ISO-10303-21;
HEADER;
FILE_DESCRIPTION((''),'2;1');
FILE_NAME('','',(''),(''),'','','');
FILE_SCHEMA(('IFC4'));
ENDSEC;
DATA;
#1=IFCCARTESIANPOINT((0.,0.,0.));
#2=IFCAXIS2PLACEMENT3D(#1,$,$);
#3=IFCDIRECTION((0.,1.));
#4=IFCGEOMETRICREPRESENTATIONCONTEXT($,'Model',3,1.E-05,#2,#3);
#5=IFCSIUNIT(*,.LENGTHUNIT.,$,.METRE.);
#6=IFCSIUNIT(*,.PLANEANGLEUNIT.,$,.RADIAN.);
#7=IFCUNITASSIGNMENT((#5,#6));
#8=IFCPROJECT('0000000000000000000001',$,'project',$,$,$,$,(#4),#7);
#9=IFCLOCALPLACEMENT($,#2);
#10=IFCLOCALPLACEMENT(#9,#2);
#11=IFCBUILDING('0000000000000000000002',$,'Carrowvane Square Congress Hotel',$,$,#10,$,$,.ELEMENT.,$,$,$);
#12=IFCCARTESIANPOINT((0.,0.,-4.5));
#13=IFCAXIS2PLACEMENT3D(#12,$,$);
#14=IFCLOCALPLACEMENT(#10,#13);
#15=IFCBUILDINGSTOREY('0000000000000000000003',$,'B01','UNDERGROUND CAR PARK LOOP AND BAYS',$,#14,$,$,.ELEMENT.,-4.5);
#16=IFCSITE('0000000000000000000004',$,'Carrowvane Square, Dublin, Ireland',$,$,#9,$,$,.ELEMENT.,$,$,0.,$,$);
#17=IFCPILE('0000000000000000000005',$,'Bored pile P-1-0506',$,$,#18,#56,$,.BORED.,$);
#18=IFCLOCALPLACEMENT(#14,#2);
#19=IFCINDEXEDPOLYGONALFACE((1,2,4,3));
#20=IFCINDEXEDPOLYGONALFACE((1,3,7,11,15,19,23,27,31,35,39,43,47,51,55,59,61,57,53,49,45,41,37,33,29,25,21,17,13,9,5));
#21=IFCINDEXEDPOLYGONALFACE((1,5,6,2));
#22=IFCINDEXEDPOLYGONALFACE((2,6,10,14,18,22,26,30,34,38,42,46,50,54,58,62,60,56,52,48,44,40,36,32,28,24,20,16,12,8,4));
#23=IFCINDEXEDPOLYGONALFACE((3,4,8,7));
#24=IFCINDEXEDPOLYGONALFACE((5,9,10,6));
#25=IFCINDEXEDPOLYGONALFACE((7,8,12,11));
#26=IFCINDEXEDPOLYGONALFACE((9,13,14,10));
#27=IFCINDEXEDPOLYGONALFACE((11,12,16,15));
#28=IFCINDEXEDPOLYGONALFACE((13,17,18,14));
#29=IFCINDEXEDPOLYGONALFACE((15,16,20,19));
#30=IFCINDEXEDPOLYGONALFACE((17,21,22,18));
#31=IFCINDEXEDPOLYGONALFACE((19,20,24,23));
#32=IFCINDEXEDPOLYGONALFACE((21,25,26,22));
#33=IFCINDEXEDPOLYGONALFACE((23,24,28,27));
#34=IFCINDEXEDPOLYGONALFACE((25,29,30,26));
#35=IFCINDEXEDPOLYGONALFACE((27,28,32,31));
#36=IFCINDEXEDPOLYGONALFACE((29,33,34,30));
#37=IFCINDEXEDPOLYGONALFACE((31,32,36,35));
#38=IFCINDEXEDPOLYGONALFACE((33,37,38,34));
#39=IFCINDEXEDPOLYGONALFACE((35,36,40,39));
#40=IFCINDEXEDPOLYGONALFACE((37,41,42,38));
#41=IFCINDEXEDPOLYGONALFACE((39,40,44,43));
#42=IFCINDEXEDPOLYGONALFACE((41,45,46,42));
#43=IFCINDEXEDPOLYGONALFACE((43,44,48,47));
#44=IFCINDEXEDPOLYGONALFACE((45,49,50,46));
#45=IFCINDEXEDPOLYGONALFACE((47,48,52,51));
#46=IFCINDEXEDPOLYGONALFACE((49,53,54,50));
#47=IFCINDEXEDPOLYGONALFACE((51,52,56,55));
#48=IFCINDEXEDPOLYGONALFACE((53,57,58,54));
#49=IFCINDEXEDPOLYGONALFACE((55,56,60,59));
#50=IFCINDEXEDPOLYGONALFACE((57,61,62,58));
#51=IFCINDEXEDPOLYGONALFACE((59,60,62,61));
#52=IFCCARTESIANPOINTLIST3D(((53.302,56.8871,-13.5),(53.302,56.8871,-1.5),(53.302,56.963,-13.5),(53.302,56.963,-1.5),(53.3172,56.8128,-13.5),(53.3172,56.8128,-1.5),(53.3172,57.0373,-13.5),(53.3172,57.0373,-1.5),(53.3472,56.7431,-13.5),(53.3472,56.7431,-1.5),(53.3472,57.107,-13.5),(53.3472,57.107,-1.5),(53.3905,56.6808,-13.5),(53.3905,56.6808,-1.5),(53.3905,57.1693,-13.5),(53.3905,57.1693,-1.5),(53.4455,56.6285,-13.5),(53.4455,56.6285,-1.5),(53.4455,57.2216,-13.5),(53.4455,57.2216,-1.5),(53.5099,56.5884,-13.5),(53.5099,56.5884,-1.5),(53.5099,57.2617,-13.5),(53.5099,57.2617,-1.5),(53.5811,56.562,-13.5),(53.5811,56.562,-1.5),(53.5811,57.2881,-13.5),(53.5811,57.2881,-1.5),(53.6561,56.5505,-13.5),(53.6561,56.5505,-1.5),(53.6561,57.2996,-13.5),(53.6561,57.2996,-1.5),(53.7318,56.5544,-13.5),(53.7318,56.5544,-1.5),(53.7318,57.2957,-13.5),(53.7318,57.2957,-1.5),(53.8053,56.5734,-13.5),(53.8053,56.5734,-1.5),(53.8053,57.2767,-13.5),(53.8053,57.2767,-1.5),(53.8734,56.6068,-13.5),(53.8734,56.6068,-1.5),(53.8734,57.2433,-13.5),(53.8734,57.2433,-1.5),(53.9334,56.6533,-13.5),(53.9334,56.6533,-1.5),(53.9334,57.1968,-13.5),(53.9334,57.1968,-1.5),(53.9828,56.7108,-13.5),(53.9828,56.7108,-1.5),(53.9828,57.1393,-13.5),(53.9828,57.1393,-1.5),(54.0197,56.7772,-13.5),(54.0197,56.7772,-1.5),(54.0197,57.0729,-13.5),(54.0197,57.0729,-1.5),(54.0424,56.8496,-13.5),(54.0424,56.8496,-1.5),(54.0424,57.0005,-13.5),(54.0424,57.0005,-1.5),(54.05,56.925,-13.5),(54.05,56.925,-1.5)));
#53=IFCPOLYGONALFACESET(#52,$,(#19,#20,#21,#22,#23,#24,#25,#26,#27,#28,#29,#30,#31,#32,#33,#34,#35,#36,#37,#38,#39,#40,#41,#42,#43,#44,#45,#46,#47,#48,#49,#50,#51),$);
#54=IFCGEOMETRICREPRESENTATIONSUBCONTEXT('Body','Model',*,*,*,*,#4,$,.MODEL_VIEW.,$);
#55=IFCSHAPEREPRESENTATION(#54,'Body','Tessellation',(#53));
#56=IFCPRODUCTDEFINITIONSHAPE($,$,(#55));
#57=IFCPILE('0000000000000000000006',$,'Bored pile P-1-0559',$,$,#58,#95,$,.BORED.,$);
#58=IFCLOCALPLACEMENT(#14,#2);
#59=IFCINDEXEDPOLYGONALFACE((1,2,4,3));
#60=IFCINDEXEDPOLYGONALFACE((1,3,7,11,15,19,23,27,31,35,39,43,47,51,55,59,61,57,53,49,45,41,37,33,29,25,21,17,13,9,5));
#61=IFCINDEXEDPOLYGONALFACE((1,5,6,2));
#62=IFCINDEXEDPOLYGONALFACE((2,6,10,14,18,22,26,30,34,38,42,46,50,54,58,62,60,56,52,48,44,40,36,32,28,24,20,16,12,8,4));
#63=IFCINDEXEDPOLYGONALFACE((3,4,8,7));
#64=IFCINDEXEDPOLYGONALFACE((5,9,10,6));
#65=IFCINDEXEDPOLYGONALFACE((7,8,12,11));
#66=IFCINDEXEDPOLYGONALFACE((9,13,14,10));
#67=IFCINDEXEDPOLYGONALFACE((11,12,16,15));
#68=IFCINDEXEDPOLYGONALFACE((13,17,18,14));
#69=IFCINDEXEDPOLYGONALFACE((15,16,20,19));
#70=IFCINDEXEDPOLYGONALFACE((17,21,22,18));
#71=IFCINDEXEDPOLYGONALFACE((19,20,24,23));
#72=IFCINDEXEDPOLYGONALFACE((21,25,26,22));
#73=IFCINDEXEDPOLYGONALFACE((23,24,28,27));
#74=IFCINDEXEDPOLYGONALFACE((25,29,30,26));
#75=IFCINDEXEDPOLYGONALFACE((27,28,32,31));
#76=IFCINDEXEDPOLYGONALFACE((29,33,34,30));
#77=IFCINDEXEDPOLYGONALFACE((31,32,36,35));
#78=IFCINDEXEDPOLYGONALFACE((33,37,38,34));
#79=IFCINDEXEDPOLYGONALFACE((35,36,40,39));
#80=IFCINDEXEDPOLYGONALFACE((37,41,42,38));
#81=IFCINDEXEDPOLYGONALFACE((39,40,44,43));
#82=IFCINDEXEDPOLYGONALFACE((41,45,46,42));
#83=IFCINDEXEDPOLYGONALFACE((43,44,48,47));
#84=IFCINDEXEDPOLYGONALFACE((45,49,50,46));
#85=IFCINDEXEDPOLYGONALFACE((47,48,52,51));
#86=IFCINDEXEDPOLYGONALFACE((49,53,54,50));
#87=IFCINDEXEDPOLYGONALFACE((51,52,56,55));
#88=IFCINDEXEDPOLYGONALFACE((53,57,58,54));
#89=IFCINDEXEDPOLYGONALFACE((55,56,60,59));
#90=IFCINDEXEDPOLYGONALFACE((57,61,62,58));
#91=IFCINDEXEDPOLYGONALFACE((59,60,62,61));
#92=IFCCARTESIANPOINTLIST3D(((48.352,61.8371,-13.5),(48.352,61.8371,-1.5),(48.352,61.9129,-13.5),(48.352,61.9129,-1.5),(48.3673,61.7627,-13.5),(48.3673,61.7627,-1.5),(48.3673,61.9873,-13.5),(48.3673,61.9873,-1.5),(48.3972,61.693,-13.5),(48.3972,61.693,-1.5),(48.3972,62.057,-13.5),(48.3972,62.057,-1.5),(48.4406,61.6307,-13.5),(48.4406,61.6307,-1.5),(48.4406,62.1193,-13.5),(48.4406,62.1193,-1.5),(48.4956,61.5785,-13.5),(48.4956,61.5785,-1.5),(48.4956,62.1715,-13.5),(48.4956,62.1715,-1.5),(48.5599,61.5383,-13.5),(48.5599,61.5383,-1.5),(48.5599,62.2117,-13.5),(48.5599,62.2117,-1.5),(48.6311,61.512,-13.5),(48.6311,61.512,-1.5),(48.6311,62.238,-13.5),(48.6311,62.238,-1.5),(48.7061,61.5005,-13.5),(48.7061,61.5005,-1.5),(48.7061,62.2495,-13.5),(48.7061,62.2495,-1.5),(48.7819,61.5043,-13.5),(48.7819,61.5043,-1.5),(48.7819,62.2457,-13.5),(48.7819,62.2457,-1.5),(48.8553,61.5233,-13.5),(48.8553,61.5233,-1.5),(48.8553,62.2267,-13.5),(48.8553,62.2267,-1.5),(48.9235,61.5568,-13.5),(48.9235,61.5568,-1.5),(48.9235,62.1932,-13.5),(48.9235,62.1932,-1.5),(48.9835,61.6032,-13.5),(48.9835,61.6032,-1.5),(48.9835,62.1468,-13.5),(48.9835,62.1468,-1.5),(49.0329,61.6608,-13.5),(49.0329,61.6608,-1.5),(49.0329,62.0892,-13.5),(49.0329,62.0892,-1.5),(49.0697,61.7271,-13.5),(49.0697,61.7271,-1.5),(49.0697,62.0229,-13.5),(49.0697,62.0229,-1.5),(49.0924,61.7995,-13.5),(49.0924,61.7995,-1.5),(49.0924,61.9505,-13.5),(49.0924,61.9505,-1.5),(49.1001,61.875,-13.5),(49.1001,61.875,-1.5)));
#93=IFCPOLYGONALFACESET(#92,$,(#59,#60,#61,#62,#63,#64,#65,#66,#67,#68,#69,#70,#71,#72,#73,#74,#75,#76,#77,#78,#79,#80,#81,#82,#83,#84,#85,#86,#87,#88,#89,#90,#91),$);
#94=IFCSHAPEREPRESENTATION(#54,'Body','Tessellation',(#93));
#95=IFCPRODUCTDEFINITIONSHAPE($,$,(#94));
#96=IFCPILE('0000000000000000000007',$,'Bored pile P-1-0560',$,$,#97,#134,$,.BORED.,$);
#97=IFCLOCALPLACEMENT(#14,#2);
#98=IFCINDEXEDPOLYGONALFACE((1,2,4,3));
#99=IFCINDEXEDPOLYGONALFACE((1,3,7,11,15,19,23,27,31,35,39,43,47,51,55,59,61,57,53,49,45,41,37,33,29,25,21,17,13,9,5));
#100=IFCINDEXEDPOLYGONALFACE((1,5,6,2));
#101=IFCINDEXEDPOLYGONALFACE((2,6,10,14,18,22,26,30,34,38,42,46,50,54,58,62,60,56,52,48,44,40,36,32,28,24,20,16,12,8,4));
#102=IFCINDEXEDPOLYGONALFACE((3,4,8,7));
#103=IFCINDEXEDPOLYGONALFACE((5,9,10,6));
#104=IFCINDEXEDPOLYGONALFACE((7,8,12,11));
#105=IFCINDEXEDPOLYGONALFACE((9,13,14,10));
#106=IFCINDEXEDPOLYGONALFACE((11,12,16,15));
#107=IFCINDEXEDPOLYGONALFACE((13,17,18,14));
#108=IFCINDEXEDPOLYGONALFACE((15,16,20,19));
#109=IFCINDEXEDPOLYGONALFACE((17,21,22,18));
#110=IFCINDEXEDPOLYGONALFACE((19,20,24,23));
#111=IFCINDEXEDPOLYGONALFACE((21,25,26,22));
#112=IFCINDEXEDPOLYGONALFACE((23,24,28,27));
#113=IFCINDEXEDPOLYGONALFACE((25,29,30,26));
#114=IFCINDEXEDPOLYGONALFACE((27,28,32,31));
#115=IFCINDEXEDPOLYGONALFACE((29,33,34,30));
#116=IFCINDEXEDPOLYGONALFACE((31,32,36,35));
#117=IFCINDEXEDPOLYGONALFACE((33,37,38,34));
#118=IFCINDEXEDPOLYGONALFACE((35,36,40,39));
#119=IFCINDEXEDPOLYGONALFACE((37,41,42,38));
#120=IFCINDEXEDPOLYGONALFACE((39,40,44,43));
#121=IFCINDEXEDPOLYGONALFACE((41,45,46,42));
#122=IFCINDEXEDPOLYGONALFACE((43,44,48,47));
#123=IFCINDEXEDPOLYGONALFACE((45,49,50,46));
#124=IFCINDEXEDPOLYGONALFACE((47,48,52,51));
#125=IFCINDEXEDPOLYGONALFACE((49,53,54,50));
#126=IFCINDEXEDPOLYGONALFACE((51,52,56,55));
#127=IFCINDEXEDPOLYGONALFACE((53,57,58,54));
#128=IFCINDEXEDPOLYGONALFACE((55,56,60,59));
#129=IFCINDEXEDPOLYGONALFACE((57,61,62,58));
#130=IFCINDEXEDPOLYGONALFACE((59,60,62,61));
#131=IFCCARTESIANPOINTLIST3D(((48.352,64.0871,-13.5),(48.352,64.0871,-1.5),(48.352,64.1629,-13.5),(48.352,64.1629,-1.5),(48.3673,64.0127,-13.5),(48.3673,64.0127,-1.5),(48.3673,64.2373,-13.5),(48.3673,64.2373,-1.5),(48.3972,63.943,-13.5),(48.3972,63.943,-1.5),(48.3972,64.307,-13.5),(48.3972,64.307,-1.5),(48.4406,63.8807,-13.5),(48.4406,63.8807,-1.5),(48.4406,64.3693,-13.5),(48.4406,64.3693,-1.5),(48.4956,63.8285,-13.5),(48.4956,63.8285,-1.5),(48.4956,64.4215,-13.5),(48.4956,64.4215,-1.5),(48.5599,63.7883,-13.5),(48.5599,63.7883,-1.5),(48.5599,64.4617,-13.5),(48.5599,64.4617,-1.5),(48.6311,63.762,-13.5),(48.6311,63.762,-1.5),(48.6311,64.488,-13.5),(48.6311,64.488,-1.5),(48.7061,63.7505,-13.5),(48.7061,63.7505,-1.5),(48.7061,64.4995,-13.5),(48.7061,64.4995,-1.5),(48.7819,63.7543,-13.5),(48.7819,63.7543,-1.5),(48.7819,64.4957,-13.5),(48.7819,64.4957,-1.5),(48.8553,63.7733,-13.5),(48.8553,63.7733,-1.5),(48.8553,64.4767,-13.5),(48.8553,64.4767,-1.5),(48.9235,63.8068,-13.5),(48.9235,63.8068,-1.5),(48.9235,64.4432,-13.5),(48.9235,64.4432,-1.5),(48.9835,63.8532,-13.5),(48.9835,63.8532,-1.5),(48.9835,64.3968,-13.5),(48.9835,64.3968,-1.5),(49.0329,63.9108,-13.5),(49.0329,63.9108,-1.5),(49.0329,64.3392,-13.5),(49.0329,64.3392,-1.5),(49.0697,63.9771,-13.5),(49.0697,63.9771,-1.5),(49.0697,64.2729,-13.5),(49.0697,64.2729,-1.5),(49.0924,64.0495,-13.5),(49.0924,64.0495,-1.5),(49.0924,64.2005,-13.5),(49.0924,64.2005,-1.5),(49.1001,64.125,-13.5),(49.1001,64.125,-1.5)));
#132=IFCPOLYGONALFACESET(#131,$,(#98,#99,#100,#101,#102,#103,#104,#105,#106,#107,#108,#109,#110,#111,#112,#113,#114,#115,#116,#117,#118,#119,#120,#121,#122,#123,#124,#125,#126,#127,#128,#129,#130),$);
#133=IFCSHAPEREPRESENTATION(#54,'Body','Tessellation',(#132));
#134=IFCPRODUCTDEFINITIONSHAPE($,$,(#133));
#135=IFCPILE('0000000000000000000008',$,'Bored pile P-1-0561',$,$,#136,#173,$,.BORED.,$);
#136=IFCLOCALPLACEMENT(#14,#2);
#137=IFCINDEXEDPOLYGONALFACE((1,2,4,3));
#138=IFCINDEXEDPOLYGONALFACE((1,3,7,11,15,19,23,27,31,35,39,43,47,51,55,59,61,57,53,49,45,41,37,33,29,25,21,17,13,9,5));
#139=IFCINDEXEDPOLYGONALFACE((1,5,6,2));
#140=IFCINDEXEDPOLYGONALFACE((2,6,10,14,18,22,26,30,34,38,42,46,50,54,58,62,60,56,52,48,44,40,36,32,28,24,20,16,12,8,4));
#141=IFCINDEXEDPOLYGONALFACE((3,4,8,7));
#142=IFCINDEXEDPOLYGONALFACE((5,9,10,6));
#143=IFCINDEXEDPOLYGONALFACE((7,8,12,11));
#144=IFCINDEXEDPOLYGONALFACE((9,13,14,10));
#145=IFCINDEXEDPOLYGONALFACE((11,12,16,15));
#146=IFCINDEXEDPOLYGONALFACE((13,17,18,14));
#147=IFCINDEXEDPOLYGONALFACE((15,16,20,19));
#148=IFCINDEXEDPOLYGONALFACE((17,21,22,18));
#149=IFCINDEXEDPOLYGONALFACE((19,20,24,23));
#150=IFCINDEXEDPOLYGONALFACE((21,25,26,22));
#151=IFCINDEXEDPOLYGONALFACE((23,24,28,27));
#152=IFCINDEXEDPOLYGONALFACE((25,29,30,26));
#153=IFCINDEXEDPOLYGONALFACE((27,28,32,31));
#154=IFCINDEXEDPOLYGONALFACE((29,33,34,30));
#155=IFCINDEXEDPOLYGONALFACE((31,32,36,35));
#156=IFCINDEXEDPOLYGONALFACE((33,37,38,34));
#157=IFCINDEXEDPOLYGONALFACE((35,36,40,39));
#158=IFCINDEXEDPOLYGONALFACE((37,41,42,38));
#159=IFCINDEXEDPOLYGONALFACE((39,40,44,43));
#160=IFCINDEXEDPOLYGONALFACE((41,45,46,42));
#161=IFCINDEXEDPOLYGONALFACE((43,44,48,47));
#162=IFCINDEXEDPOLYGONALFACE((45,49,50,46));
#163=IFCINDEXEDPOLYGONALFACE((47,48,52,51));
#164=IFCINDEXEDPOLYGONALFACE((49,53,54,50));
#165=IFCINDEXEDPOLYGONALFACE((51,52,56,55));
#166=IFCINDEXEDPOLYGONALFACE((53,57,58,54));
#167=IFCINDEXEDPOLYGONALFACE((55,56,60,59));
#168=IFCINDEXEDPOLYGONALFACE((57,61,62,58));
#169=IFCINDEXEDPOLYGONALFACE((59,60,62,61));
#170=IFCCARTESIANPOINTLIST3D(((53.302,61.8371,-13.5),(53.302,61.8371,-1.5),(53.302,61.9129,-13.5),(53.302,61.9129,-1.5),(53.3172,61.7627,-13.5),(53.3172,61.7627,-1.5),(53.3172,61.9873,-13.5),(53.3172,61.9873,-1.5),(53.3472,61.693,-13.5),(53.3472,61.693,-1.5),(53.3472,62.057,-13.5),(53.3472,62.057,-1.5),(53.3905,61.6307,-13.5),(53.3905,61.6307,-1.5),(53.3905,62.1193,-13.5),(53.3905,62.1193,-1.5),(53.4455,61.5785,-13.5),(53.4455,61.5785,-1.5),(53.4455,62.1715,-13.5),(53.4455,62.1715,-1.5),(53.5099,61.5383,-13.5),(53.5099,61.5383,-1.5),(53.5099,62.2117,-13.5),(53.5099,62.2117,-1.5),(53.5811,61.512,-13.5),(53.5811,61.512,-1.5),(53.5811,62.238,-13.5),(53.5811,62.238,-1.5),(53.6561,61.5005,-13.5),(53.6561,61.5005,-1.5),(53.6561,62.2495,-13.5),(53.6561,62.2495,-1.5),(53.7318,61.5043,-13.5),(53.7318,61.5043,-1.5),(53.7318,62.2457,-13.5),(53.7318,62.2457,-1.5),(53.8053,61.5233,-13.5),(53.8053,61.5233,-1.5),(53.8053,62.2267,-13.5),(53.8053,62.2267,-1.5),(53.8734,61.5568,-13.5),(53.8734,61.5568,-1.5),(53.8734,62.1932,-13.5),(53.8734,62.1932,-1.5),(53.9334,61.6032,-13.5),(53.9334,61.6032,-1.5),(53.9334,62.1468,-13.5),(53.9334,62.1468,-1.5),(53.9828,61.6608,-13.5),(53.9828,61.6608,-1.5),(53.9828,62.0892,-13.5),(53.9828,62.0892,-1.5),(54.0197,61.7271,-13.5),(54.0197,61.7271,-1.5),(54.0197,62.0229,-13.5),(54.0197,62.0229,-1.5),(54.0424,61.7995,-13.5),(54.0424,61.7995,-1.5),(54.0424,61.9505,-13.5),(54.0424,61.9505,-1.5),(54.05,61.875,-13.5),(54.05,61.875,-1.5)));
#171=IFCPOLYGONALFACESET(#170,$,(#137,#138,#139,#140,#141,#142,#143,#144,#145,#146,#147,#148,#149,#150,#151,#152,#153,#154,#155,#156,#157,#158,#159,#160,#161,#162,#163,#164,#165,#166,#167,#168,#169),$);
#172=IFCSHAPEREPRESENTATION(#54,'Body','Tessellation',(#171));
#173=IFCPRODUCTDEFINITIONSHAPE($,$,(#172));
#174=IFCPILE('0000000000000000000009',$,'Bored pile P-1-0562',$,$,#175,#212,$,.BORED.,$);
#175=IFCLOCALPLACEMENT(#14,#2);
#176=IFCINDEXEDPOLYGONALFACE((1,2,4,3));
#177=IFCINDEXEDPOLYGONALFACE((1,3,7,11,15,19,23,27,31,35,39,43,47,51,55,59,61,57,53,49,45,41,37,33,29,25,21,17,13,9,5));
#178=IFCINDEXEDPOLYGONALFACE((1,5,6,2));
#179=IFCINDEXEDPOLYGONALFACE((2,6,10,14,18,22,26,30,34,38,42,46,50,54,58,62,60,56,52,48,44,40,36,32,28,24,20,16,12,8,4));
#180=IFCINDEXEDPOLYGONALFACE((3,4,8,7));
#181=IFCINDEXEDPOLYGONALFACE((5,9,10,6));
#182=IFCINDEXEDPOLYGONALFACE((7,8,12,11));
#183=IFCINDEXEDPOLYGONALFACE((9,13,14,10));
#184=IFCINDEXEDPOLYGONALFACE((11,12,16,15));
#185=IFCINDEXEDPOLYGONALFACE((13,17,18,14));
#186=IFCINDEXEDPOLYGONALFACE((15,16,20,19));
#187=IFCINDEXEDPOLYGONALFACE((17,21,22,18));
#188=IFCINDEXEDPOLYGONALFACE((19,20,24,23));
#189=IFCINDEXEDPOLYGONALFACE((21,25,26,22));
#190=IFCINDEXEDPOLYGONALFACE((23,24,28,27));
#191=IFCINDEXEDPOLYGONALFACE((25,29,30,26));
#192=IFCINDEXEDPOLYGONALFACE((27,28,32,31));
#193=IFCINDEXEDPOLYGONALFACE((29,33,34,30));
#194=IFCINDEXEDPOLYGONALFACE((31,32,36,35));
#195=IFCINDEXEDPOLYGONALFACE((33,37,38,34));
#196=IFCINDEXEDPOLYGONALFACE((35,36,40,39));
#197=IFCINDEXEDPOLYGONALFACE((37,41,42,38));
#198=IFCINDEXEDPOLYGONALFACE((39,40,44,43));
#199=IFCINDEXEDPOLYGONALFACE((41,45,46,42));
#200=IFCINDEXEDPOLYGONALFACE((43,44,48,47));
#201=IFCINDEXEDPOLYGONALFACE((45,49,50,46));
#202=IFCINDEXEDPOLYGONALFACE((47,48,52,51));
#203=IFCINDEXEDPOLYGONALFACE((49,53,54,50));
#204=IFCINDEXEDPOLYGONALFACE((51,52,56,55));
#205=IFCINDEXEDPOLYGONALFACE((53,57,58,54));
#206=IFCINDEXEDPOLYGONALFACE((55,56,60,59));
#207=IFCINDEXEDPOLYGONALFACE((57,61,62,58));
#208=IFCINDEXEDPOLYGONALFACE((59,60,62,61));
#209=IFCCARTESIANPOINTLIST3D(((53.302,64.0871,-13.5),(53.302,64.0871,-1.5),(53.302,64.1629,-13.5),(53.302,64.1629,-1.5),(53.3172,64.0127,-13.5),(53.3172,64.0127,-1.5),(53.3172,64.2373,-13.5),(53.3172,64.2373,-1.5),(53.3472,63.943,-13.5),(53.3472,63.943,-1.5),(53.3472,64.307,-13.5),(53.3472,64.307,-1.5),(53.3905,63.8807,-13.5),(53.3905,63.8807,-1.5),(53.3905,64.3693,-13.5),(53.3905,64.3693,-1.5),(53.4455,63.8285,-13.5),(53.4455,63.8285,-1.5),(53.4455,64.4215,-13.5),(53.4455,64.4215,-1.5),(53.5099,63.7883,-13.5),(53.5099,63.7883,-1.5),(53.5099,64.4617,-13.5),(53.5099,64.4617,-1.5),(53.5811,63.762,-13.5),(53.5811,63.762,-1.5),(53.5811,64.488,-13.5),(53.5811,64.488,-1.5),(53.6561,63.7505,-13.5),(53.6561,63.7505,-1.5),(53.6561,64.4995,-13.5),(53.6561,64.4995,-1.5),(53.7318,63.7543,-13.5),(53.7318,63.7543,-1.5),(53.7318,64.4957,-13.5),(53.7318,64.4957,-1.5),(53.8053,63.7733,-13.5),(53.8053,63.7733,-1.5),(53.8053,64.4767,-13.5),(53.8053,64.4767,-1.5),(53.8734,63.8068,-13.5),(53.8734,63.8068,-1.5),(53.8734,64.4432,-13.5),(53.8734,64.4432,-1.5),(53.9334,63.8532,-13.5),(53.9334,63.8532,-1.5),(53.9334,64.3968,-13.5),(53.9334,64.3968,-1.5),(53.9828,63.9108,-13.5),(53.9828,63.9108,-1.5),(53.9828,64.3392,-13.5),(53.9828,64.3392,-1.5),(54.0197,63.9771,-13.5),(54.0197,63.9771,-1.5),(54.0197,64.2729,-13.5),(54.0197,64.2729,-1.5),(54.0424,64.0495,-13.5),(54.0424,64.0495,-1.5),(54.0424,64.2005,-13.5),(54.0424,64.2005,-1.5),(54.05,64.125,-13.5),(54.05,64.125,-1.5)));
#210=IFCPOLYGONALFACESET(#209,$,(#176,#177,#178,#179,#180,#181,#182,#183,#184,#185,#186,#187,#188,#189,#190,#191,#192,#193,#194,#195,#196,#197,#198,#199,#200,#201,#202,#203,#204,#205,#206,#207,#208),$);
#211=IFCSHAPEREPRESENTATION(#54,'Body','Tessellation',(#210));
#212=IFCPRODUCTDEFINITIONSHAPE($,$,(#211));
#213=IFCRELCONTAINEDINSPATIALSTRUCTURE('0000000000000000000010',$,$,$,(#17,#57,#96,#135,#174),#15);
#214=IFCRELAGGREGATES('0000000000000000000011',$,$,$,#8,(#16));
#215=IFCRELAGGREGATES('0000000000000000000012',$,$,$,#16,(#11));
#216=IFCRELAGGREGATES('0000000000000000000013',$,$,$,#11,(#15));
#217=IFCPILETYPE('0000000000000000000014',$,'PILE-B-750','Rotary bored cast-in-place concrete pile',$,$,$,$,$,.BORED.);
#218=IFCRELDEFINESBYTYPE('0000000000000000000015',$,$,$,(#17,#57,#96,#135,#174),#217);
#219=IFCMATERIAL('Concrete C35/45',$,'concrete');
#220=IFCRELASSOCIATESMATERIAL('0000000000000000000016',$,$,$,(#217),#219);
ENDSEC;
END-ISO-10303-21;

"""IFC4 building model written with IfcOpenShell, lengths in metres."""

from ifc_helpers import new_model, si_unit, direction, frame, origin, origin_2d, place, context, subcontext, project, spatial, circle, extrude, material, material_profile, profile_set, type_object, element, save


model = new_model("IFC4")

# Units and contexts
model_context = context("Model", 3, precision=1e-05, world=origin(), true_north=direction((0.0, 1.0)))
body_context = subcontext(model_context, "Body", "Model", "MODEL_VIEW")
ifc_project = project(units=[si_unit("LENGTHUNIT", "METRE"), si_unit("PLANEANGLEUNIT", "RADIAN")], contexts=[model_context])

# Site, building, storey
site_placement = place(None, origin())
site = spatial("IfcSite", under=ifc_project, at=site_placement, Name="Carrowvane Square, Dublin, Ireland", CompositionType="ELEMENT", RefElevation=0.0)
building_placement = place(site_placement, origin())
building = spatial("IfcBuilding", under=site, at=building_placement, Name="Carrowvane Square Congress Hotel", CompositionType="ELEMENT")
storey_placement = place(building_placement, frame((0.0, 0.0, -4.5)))
storey = spatial("IfcBuildingStorey", under=building, at=storey_placement, Name="B01", Description="UNDERGROUND CAR PARK LOOP AND BAYS", CompositionType="ELEMENT", Elevation=-4.5)

# Piles
ifc_material_1 = material(Name="Concrete C35/45", Category="concrete")
ifc_material_profile_1 = material_profile(ifc_material_1, circle(Radius=0.375, at=origin_2d()), Name="PILE D750")
ifc_profile_set_1 = profile_set([ifc_material_profile_1], Name="Concrete C35/45")
pile_type = type_object("IfcPileType", Name="PILE-B-750", Description="Rotary bored cast-in-place concrete pile", PredefinedType="BORED", material=ifc_profile_set_1)
for number, where, z_axis, x_axis, name in (
    (1, (53.675, 56.925, -1.5), (0.0, 0.0, -1.0), (1.0, 0.0, 0.0), "Bored pile P-1-0506"),
    (2, (48.7251, 61.875, -1.5), (0.0, 0.0, -1.0), (1.0, 0.0, 0.0), "Bored pile P-1-0559"),
    (3, (48.7251, 64.125, -1.5), (0.0, 0.0, -1.0), (1.0, 0.0, 0.0), "Bored pile P-1-0560"),
    (4, (53.675, 61.875, -1.5), (0.0, 0.0, -1.0), (1.0, 0.0, 0.0), "Bored pile P-1-0561"),
    (5, (53.675, 64.125, -1.5), (0.0, 0.0, -1.0), (1.0, 0.0, 0.0), "Bored pile P-1-0562"),
):
    element("IfcPile", number, at=place(storey_placement, frame(where, z_axis=z_axis, x_axis=x_axis)), inside=storey, type_object=pile_type, Name=name, PredefinedType="BORED", context=body_context, shape_type="SweptSolid", body=[
        extrude(circle(Radius=0.375, at=origin_2d()), origin(), (0.0, 0.0, 1.0), 12.0),
    ])

save(model, "model.ifc")
